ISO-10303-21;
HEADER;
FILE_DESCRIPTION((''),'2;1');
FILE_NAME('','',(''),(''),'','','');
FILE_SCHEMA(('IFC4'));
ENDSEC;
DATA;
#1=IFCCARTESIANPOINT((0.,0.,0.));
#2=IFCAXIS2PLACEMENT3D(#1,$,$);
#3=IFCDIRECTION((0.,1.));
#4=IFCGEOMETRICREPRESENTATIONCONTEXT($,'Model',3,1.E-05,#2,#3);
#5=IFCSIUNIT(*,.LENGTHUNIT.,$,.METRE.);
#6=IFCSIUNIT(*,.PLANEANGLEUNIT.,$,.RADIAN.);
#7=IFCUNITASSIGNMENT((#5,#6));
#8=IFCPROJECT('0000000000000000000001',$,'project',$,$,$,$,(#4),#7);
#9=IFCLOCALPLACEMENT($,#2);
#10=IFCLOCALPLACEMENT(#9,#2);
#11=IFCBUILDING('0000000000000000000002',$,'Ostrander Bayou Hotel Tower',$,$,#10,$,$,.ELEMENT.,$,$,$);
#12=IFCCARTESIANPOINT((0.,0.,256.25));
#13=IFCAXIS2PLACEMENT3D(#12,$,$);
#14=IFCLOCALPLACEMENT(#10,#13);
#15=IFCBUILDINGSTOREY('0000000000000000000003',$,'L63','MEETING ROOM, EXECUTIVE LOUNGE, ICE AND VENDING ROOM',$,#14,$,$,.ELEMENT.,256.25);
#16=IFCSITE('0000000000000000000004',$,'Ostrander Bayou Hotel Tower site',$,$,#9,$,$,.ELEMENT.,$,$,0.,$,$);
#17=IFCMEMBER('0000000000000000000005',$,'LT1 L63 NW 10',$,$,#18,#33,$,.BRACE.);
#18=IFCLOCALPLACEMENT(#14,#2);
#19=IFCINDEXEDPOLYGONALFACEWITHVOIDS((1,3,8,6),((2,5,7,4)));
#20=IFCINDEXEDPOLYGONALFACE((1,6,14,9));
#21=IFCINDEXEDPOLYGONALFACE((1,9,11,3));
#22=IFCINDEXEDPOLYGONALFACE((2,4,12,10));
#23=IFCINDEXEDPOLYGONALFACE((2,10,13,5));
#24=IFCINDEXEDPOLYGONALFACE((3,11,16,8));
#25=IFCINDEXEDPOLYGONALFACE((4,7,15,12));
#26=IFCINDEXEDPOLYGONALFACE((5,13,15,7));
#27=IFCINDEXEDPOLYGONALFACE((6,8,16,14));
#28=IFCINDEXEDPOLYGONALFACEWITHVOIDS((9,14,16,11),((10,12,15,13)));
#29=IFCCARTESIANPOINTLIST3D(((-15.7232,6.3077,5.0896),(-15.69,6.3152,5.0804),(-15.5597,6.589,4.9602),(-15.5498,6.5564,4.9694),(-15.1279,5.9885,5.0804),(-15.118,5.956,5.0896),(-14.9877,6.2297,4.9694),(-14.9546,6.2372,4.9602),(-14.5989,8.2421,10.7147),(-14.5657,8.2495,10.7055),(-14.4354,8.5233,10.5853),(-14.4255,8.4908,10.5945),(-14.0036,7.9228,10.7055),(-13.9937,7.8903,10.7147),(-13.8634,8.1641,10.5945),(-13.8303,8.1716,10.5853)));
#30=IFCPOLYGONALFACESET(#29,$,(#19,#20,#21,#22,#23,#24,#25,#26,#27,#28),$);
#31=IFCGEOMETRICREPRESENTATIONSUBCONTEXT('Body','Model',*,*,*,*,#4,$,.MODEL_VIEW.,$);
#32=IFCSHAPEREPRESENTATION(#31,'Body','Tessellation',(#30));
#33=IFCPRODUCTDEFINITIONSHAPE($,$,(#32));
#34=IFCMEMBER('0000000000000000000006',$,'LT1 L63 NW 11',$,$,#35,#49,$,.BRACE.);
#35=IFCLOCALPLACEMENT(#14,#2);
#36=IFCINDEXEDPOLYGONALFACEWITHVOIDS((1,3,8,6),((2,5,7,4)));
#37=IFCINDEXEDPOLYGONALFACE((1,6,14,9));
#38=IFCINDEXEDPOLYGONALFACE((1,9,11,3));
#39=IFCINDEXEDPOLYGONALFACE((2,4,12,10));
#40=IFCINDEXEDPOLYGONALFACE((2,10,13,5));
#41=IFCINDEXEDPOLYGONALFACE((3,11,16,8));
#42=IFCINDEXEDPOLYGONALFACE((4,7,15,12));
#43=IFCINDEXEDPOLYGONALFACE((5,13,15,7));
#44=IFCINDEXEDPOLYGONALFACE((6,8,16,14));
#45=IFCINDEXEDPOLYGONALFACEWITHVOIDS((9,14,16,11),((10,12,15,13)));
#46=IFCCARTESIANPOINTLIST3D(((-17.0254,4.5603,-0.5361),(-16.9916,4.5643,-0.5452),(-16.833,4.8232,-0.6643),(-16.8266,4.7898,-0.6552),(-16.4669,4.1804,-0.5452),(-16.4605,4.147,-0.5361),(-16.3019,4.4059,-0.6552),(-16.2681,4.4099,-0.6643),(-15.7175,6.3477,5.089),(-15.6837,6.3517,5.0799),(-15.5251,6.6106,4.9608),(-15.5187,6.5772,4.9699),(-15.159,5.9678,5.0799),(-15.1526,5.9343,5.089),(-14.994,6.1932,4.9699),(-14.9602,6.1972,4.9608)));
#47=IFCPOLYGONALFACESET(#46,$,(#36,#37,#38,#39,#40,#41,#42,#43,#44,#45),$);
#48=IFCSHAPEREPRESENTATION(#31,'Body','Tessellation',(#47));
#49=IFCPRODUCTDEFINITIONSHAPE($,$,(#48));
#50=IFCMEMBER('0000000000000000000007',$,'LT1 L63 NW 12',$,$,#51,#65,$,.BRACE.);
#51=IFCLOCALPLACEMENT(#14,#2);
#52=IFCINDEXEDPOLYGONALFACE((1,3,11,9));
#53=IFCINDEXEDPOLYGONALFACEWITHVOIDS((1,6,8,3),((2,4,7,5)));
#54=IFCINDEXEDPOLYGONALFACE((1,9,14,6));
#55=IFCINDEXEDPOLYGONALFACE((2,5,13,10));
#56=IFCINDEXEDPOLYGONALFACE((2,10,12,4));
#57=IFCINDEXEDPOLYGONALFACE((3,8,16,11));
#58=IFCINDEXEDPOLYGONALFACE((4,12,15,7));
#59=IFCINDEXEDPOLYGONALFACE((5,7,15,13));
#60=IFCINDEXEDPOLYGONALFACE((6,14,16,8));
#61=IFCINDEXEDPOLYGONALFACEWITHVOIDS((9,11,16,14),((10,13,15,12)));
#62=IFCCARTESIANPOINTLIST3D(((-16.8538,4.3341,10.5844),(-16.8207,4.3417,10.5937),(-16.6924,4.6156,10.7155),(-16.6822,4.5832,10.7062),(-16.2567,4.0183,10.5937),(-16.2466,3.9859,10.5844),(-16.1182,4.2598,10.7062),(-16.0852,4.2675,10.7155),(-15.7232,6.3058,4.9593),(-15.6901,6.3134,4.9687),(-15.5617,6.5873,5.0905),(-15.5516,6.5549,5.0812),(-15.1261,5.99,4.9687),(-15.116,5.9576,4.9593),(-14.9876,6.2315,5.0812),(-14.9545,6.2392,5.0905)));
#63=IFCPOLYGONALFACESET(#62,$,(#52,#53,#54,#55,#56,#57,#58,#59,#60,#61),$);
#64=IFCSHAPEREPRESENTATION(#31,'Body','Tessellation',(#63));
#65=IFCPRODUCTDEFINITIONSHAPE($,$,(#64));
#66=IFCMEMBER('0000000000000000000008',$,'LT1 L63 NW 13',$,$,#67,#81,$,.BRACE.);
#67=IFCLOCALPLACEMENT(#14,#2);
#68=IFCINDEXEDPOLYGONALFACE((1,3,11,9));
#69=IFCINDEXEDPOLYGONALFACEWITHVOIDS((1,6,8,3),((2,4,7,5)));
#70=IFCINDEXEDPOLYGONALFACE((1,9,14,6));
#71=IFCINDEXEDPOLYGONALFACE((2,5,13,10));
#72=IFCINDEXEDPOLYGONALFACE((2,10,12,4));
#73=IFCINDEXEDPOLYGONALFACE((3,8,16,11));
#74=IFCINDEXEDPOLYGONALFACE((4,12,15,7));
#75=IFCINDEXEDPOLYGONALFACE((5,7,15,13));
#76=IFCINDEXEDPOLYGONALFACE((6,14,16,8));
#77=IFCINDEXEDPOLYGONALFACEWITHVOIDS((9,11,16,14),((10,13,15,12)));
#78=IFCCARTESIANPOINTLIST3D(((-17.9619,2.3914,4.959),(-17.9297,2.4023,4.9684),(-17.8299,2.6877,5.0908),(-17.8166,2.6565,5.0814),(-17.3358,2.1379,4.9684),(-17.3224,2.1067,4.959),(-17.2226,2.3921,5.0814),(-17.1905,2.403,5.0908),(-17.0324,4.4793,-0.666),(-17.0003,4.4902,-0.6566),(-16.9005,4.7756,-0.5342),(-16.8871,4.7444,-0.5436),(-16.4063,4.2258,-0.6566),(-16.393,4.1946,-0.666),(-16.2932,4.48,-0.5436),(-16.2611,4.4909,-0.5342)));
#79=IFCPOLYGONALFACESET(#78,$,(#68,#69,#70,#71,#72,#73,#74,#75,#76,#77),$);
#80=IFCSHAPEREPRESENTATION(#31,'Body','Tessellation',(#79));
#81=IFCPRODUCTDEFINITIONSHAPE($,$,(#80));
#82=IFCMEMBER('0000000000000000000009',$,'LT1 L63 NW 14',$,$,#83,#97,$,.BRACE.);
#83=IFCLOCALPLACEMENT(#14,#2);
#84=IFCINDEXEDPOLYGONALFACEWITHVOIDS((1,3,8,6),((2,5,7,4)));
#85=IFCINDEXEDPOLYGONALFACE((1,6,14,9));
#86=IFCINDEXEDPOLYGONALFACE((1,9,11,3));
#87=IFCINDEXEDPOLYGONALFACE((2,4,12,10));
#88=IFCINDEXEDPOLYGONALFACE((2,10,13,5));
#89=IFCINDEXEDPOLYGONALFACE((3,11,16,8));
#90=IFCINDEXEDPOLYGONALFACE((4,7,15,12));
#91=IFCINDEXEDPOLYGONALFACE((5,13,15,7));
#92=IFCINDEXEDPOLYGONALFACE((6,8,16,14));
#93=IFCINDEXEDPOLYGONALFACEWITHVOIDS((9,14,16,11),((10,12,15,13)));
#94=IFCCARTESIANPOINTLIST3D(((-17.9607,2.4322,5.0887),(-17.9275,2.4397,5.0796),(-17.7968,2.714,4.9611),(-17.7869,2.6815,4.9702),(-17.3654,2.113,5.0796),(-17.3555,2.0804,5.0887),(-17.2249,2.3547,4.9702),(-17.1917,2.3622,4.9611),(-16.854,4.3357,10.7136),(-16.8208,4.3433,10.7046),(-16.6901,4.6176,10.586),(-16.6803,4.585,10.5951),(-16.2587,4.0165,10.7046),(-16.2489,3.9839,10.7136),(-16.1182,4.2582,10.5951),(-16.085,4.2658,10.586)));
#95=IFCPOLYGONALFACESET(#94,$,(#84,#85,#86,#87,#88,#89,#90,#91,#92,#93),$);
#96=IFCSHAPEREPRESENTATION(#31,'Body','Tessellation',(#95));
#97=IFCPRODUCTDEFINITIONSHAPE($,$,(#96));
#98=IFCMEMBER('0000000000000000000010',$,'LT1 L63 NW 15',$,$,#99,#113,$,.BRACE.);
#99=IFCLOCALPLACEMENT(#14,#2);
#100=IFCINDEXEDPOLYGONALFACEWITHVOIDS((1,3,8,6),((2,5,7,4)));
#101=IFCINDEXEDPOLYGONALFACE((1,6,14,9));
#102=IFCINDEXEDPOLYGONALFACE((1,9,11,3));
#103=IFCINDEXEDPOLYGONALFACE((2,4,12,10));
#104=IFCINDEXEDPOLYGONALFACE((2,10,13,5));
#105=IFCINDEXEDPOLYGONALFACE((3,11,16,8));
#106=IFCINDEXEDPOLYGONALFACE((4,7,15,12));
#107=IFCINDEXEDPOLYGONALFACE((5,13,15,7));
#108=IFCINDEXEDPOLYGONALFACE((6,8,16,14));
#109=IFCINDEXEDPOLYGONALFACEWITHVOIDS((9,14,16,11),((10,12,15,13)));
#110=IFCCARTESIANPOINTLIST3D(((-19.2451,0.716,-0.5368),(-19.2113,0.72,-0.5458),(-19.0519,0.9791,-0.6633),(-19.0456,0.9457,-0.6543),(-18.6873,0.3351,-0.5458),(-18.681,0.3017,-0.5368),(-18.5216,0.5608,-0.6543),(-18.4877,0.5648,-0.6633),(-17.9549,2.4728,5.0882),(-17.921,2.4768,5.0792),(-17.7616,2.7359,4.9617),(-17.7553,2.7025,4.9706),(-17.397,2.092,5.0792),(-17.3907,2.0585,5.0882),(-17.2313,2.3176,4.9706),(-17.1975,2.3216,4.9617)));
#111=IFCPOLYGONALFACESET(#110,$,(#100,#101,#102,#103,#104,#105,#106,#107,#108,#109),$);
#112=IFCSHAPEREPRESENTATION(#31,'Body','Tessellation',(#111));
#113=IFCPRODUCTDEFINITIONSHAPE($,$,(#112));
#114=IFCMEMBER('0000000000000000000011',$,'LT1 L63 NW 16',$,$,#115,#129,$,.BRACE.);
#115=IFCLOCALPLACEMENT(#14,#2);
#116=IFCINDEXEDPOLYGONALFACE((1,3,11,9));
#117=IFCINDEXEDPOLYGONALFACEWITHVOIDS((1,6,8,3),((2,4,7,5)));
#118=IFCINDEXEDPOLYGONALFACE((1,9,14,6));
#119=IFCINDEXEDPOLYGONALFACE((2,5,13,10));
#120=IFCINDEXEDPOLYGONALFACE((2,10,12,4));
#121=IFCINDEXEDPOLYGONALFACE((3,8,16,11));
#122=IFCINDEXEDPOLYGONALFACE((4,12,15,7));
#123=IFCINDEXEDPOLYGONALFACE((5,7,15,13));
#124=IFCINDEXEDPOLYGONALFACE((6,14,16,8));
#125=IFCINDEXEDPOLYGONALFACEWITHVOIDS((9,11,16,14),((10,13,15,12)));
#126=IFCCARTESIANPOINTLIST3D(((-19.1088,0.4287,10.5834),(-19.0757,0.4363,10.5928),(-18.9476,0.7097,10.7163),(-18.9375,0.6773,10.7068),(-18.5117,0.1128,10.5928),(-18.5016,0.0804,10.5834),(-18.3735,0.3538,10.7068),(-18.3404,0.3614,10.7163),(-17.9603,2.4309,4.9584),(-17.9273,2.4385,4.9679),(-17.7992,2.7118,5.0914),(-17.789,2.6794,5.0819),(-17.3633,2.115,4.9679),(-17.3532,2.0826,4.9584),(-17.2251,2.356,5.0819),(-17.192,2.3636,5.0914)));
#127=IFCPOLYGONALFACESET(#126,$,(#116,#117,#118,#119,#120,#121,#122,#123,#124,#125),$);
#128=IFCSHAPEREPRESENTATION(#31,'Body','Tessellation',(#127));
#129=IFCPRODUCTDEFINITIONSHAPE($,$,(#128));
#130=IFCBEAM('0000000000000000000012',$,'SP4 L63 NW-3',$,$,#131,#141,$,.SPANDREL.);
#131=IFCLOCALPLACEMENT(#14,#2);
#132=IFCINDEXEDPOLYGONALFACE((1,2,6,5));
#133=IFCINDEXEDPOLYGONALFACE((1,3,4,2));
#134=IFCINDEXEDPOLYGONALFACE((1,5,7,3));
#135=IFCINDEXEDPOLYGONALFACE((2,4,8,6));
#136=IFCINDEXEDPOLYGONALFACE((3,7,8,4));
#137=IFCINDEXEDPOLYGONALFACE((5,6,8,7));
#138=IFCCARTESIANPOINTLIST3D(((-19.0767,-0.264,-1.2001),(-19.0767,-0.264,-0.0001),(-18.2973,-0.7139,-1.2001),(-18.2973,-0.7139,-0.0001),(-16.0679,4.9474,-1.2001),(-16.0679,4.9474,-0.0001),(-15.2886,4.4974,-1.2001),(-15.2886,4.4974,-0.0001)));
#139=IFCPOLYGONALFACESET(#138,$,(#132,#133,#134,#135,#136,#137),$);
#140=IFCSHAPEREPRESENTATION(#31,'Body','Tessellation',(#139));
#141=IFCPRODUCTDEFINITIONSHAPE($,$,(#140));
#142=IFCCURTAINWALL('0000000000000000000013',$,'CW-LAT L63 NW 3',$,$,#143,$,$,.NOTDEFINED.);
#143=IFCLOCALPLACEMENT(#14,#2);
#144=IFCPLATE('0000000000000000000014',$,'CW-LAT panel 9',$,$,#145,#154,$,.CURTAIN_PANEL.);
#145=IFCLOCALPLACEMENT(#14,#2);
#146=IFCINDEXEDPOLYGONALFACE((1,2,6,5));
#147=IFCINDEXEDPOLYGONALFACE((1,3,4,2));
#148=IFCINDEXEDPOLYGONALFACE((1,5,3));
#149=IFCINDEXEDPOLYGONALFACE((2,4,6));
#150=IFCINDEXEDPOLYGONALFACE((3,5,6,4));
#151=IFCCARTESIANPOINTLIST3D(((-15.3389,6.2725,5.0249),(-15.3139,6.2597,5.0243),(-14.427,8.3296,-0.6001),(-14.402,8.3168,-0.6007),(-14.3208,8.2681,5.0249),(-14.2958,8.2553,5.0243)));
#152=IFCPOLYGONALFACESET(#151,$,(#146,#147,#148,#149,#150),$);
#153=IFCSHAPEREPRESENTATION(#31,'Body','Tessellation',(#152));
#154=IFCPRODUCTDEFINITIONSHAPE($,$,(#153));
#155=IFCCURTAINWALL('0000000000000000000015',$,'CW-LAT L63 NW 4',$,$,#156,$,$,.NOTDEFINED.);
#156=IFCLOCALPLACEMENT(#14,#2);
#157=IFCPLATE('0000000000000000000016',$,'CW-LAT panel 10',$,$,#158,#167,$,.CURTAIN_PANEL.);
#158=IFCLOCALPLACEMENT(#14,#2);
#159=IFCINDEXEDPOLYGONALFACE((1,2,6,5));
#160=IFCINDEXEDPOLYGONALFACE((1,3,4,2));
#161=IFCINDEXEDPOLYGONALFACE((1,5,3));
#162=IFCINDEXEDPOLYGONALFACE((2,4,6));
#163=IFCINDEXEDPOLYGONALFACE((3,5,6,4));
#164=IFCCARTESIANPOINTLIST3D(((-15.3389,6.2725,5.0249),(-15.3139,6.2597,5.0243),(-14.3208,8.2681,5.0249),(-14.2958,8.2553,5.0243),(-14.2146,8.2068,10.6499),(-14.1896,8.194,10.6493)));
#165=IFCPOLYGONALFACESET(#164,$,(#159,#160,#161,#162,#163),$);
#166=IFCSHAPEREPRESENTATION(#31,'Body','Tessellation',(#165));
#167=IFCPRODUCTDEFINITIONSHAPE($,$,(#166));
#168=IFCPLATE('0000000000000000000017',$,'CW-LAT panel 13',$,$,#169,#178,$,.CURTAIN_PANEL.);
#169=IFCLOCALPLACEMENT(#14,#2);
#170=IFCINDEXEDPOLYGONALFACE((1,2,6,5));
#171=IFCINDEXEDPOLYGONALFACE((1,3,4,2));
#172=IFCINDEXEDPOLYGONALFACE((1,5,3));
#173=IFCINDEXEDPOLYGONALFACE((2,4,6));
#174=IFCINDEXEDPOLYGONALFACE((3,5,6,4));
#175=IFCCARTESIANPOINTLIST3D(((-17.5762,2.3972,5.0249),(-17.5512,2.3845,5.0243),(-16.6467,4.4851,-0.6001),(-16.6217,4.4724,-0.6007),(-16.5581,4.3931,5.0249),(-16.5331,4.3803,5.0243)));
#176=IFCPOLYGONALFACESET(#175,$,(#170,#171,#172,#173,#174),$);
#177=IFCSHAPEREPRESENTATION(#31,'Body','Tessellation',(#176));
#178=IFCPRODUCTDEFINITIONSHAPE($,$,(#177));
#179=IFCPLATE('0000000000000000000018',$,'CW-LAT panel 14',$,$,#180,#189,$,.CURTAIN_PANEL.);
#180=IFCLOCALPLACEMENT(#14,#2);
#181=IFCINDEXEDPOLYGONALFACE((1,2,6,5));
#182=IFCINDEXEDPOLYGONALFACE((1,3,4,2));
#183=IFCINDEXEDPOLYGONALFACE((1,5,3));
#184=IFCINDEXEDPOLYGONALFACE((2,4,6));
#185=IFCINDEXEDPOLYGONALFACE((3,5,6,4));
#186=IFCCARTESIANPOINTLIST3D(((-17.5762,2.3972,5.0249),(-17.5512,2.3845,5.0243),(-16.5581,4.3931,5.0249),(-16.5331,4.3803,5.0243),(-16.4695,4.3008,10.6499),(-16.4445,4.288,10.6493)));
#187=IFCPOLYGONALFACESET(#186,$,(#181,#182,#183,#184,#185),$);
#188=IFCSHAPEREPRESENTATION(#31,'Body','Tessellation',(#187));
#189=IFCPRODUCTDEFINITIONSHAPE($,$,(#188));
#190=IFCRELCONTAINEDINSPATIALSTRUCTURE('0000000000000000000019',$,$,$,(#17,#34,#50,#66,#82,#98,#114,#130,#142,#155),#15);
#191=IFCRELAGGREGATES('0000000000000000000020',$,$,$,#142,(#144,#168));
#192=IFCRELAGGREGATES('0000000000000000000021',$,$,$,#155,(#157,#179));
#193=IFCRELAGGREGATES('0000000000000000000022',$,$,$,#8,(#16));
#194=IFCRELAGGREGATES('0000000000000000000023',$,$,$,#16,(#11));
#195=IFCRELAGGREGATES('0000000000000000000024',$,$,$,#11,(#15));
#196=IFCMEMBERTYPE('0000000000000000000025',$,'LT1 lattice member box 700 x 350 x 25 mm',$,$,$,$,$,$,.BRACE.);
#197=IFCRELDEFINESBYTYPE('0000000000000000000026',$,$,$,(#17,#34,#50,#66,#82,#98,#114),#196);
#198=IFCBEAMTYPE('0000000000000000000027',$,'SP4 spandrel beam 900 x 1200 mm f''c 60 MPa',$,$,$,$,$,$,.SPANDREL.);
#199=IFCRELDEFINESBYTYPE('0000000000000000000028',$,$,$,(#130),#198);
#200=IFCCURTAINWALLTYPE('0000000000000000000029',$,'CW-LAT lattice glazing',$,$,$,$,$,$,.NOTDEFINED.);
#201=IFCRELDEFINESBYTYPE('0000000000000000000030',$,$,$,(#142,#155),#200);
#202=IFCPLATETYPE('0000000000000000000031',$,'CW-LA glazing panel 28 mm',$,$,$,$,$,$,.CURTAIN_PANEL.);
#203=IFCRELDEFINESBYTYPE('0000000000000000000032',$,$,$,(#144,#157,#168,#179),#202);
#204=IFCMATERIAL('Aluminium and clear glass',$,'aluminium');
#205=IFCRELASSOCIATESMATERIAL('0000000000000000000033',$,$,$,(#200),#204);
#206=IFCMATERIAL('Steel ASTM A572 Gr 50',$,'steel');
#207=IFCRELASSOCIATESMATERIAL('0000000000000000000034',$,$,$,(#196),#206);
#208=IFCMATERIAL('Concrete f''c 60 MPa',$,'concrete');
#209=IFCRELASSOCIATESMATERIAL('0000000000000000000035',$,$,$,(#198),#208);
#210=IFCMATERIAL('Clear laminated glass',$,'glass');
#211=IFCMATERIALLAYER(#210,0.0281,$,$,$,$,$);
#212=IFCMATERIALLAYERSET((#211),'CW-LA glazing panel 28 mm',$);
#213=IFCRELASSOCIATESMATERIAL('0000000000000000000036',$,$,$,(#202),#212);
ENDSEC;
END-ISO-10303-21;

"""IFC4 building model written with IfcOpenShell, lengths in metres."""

from ifc_helpers import new_model, si_unit, direction, frame, origin, origin_2d, place, context, subcontext, project, spatial, polyline, rectangle, hollow_rectangle, outline, extrude, material, layer, layer_set, material_profile, profile_set, type_object, element, aggregate, save


model = new_model("IFC4")

# Units and contexts
model_context = context("Model", 3, precision=1e-05, world=origin(), true_north=direction((0.0, 1.0)))
body_context = subcontext(model_context, "Body", "Model", "MODEL_VIEW")
ifc_project = project(units=[si_unit("LENGTHUNIT", "METRE"), si_unit("PLANEANGLEUNIT", "RADIAN")], contexts=[model_context])

# Site, building, storey
site_placement = place(None, origin())
site = spatial("IfcSite", under=ifc_project, at=site_placement, Name="Ostrander Bayou Hotel Tower site", CompositionType="ELEMENT", RefElevation=0.0)
building_placement = place(site_placement, origin())
building = spatial("IfcBuilding", under=site, at=building_placement, Name="Ostrander Bayou Hotel Tower", CompositionType="ELEMENT")
storey_placement = place(building_placement, frame((0.0, 0.0, 256.25)))
storey = spatial("IfcBuildingStorey", under=building, at=storey_placement, Name="L63", Description="MEETING ROOM, EXECUTIVE LOUNGE, ICE AND VENDING ROOM", CompositionType="ELEMENT", Elevation=256.25)

# Shared definitions
ifc_material_1 = material(Name="Aluminium and clear glass", Category="aluminium")
curtain_wall_type = type_object("IfcCurtainWallType", Name="CW-LAT lattice glazing", PredefinedType="NOTDEFINED", material=ifc_material_1)

# Members
ifc_material_2 = material(Name="Steel ASTM A572 Gr 50", Category="steel")
ifc_material_profile_1 = material_profile(ifc_material_2, hollow_rectangle(XDim=0.7, YDim=0.3501, WallThickness=0.0249, at=origin_2d()))
ifc_profile_set_1 = profile_set([ifc_material_profile_1], Name="Steel ASTM A572 Gr 50")
member_type_1 = type_object("IfcMemberType", Name="LT1 lattice member box 700 x 350 x 25 mm", PredefinedType="BRACE", material=ifc_profile_set_1)
member_1_placement = place(storey_placement, frame((-15.3389, 6.2725, 5.0249), z_axis=(0.185718, 0.319533, 0.929197), x_axis=(-0.864573, 0.502507, 0.0)))
element("IfcMember", 1, at=member_1_placement, inside=storey, type_object=member_type_1, Name="LT1 L63 NW 10", PredefinedType="BRACE", context=body_context, shape_type="SweptSolid", body=[
    extrude(hollow_rectangle(XDim=0.7, YDim=0.3501, WallThickness=0.0249, at=origin_2d()), origin(), (0.0, 0.0, 1.0), 6.0537),
])
member_2_placement = place(storey_placement, frame((-15.3389, 6.2725, 5.0249), z_axis=(-0.216343, -0.29566, -0.930474), x_axis=(0.807021, -0.590522, 0.0)))
element("IfcMember", 2, at=member_2_placement, inside=storey, type_object=member_type_1, Name="LT1 L63 NW 11", PredefinedType="BRACE", context=body_context, shape_type="SweptSolid", body=[
    extrude(hollow_rectangle(XDim=0.7, YDim=0.3501, WallThickness=0.0249, at=origin_2d()), origin(), (0.0, 0.0, 1.0), 6.0454),
])
member_3_placement = place(storey_placement, frame((-15.3389, 6.2725, 5.0249), z_axis=(-0.18636, -0.324993, 0.927173), x_axis=(0.867495, -0.497446, 0.0)))
element("IfcMember", 3, at=member_3_placement, inside=storey, type_object=member_type_1, Name="LT1 L63 NW 12", PredefinedType="BRACE", context=body_context, shape_type="SweptSolid", body=[
    extrude(hollow_rectangle(XDim=0.7, YDim=0.3501, WallThickness=0.0249, at=origin_2d()), origin(), (0.0, 0.0, 1.0), 6.0669),
])
member_4_placement = place(storey_placement, frame((-17.5762, 2.3972, 5.0249), z_axis=(0.153082, 0.343881, -0.926451), x_axis=(-0.913569, 0.406684, 0.0)))
element("IfcMember", 4, at=member_4_placement, inside=storey, type_object=member_type_1, Name="LT1 L63 NW 13", PredefinedType="BRACE", context=body_context, shape_type="SweptSolid", body=[
    extrude(hollow_rectangle(XDim=0.7, YDim=0.3501, WallThickness=0.0249, at=origin_2d()), origin(), (0.0, 0.0, 1.0), 6.0715),
])
member_5_placement = place(storey_placement, frame((-17.5762, 2.3972, 5.0249), z_axis=(0.183208, 0.315128, 0.931198), x_axis=(-0.864514, 0.502609, 0.0)))
element("IfcMember", 5, at=member_5_placement, inside=storey, type_object=member_type_1, Name="LT1 L63 NW 14", PredefinedType="BRACE", context=body_context, shape_type="SweptSolid", body=[
    extrude(hollow_rectangle(XDim=0.7, YDim=0.3501, WallThickness=0.0249, at=origin_2d()), origin(), (0.0, 0.0, 1.0), 6.0405),
])
member_6_placement = place(storey_placement, frame((-17.5762, 2.3972, 5.0249), z_axis=(-0.213886, -0.291225, -0.932438), x_axis=(0.805981, -0.591941, 0.0)))
element("IfcMember", 6, at=member_6_placement, inside=storey, type_object=member_type_1, Name="LT1 L63 NW 15", PredefinedType="BRACE", context=body_context, shape_type="SweptSolid", body=[
    extrude(hollow_rectangle(XDim=0.7, YDim=0.3501, WallThickness=0.0249, at=origin_2d()), origin(), (0.0, 0.0, 1.0), 6.0325),
])
member_7_placement = place(storey_placement, frame((-17.5762, 2.3972, 5.0249), z_axis=(-0.188883, -0.3293, 0.92514), x_axis=(0.867435, -0.497551, 0.0)))
element("IfcMember", 7, at=member_7_placement, inside=storey, type_object=member_type_1, Name="LT1 L63 NW 16", PredefinedType="BRACE", context=body_context, shape_type="SweptSolid", body=[
    extrude(hollow_rectangle(XDim=0.7, YDim=0.3501, WallThickness=0.0249, at=origin_2d()), origin(), (0.0, 0.0, 1.0), 6.0801),
])

# Beam
ifc_material_3 = material(Name="Concrete f'c 60 MPa", Category="concrete")
ifc_material_profile_2 = material_profile(ifc_material_3, rectangle(XDim=0.8999, YDim=1.2, at=origin_2d()))
ifc_profile_set_2 = profile_set([ifc_material_profile_2], Name="Concrete f'c 60 MPa")
beam_type_1 = type_object("IfcBeamType", Name="SP4 spandrel beam 900 x 1200 mm f'c 60 MPa", PredefinedType="SPANDREL", material=ifc_profile_set_2)
beam_1_placement = place(storey_placement, frame((-15.6782, 4.7224, -0.6001), z_axis=(-0.499996, -0.866027, 0.0), x_axis=(0.866027, -0.499996, 0.0)))
element("IfcBeam", 8, at=beam_1_placement, inside=storey, type_object=beam_type_1, Name="SP4 L63 NW-3", PredefinedType="SPANDREL", context=body_context, shape_type="SweptSolid", body=[
    extrude(rectangle(XDim=0.8999, YDim=1.2, at=origin_2d()), origin(), (0.0, 0.0, 1.0), 6.0176),
])

# Curtain walls, plates
curtain_wall_1_placement = place(storey_placement, origin())
curtain_wall_1 = element("IfcCurtainWall", 9, at=curtain_wall_1_placement, inside=storey, type_object=curtain_wall_type, Name="CW-LAT L63 NW 3", PredefinedType="NOTDEFINED")
ifc_material_4 = material(Name="Clear laminated glass", Category="glass")
ifc_layer_1 = layer(ifc_material_4, 0.0281)
ifc_layer_set_1 = layer_set([ifc_layer_1], Name="CW-LA glazing panel 28 mm")
plate_type = type_object("IfcPlateType", Name="CW-LA glazing panel 28 mm", PredefinedType="CURTAIN_PANEL", material=ifc_layer_set_1)
plate_1_placement = place(storey_placement, frame((-15.3389, 6.2725, 5.0249), z_axis=(-0.890569, 0.454327, 0.021783), x_axis=(0.150513, 0.339551, -0.928467)))
plate_1 = element("IfcPlate", 10, at=plate_1_placement, type_object=plate_type, Name="CW-LAT panel 9", PredefinedType="CURTAIN_PANEL", context=body_context, shape_type="SweptSolid", body=[
    extrude(outline(polyline([(0.0, 0.0), (6.0584, 0.0), (0.8308, -2.0805), (0.0, 0.0)])), origin(), (0.0, 0.0, -1.0), 0.0281),
])
curtain_wall_2_placement = place(storey_placement, origin())
curtain_wall_2 = element("IfcCurtainWall", 11, at=curtain_wall_2_placement, inside=storey, type_object=curtain_wall_type, Name="CW-LAT L63 NW 4", PredefinedType="NOTDEFINED")
plate_2_placement = place(storey_placement, frame((-15.3389, 6.2725, 5.0249), z_axis=(-0.890569, 0.454327, 0.021764), x_axis=(0.185718, 0.319533, 0.929197)))
plate_2 = element("IfcPlate", 12, at=plate_2_placement, type_object=plate_type, Name="CW-LAT panel 10", PredefinedType="CURTAIN_PANEL", context=body_context, shape_type="SweptSolid", body=[
    extrude(outline(polyline([(0.0, 0.0), (6.0536, 0.0), (0.8267, 2.0822), (0.0, 0.0)])), origin(), (0.0, 0.0, -1.0), 0.0281),
])

# Plates
plate_3_placement = place(storey_placement, frame((-17.5762, 2.3972, 5.0249), z_axis=(-0.890597, 0.454286, 0.021465), x_axis=(0.153082, 0.343881, -0.926451)))
plate_3 = element("IfcPlate", 13, at=plate_3_placement, type_object=plate_type, Name="CW-LAT panel 13", PredefinedType="CURTAIN_PANEL", context=body_context, shape_type="SweptSolid", body=[
    extrude(outline(polyline([(0.0, 0.0), (6.0716, 0.0), (0.8422, -2.0762), (0.0, 0.0)])), origin(), (0.0, 0.0, -1.0), 0.0281),
])
aggregate(curtain_wall_1, [plate_1, plate_3])
plate_4_placement = place(storey_placement, frame((-17.5762, 2.3972, 5.0249), z_axis=(-0.890597, 0.454286, 0.021485), x_axis=(0.183208, 0.315128, 0.931198)))
plate_4 = element("IfcPlate", 14, at=plate_4_placement, type_object=plate_type, Name="CW-LAT panel 14", PredefinedType="CURTAIN_PANEL", context=body_context, shape_type="SweptSolid", body=[
    extrude(outline(polyline([(0.0, 0.0), (6.0406, 0.0), (0.8155, 2.0868), (0.0, 0.0)])), origin(), (0.0, 0.0, -1.0), 0.0281),
])
aggregate(curtain_wall_2, [plate_2, plate_4])

save(model, "model.ifc")
